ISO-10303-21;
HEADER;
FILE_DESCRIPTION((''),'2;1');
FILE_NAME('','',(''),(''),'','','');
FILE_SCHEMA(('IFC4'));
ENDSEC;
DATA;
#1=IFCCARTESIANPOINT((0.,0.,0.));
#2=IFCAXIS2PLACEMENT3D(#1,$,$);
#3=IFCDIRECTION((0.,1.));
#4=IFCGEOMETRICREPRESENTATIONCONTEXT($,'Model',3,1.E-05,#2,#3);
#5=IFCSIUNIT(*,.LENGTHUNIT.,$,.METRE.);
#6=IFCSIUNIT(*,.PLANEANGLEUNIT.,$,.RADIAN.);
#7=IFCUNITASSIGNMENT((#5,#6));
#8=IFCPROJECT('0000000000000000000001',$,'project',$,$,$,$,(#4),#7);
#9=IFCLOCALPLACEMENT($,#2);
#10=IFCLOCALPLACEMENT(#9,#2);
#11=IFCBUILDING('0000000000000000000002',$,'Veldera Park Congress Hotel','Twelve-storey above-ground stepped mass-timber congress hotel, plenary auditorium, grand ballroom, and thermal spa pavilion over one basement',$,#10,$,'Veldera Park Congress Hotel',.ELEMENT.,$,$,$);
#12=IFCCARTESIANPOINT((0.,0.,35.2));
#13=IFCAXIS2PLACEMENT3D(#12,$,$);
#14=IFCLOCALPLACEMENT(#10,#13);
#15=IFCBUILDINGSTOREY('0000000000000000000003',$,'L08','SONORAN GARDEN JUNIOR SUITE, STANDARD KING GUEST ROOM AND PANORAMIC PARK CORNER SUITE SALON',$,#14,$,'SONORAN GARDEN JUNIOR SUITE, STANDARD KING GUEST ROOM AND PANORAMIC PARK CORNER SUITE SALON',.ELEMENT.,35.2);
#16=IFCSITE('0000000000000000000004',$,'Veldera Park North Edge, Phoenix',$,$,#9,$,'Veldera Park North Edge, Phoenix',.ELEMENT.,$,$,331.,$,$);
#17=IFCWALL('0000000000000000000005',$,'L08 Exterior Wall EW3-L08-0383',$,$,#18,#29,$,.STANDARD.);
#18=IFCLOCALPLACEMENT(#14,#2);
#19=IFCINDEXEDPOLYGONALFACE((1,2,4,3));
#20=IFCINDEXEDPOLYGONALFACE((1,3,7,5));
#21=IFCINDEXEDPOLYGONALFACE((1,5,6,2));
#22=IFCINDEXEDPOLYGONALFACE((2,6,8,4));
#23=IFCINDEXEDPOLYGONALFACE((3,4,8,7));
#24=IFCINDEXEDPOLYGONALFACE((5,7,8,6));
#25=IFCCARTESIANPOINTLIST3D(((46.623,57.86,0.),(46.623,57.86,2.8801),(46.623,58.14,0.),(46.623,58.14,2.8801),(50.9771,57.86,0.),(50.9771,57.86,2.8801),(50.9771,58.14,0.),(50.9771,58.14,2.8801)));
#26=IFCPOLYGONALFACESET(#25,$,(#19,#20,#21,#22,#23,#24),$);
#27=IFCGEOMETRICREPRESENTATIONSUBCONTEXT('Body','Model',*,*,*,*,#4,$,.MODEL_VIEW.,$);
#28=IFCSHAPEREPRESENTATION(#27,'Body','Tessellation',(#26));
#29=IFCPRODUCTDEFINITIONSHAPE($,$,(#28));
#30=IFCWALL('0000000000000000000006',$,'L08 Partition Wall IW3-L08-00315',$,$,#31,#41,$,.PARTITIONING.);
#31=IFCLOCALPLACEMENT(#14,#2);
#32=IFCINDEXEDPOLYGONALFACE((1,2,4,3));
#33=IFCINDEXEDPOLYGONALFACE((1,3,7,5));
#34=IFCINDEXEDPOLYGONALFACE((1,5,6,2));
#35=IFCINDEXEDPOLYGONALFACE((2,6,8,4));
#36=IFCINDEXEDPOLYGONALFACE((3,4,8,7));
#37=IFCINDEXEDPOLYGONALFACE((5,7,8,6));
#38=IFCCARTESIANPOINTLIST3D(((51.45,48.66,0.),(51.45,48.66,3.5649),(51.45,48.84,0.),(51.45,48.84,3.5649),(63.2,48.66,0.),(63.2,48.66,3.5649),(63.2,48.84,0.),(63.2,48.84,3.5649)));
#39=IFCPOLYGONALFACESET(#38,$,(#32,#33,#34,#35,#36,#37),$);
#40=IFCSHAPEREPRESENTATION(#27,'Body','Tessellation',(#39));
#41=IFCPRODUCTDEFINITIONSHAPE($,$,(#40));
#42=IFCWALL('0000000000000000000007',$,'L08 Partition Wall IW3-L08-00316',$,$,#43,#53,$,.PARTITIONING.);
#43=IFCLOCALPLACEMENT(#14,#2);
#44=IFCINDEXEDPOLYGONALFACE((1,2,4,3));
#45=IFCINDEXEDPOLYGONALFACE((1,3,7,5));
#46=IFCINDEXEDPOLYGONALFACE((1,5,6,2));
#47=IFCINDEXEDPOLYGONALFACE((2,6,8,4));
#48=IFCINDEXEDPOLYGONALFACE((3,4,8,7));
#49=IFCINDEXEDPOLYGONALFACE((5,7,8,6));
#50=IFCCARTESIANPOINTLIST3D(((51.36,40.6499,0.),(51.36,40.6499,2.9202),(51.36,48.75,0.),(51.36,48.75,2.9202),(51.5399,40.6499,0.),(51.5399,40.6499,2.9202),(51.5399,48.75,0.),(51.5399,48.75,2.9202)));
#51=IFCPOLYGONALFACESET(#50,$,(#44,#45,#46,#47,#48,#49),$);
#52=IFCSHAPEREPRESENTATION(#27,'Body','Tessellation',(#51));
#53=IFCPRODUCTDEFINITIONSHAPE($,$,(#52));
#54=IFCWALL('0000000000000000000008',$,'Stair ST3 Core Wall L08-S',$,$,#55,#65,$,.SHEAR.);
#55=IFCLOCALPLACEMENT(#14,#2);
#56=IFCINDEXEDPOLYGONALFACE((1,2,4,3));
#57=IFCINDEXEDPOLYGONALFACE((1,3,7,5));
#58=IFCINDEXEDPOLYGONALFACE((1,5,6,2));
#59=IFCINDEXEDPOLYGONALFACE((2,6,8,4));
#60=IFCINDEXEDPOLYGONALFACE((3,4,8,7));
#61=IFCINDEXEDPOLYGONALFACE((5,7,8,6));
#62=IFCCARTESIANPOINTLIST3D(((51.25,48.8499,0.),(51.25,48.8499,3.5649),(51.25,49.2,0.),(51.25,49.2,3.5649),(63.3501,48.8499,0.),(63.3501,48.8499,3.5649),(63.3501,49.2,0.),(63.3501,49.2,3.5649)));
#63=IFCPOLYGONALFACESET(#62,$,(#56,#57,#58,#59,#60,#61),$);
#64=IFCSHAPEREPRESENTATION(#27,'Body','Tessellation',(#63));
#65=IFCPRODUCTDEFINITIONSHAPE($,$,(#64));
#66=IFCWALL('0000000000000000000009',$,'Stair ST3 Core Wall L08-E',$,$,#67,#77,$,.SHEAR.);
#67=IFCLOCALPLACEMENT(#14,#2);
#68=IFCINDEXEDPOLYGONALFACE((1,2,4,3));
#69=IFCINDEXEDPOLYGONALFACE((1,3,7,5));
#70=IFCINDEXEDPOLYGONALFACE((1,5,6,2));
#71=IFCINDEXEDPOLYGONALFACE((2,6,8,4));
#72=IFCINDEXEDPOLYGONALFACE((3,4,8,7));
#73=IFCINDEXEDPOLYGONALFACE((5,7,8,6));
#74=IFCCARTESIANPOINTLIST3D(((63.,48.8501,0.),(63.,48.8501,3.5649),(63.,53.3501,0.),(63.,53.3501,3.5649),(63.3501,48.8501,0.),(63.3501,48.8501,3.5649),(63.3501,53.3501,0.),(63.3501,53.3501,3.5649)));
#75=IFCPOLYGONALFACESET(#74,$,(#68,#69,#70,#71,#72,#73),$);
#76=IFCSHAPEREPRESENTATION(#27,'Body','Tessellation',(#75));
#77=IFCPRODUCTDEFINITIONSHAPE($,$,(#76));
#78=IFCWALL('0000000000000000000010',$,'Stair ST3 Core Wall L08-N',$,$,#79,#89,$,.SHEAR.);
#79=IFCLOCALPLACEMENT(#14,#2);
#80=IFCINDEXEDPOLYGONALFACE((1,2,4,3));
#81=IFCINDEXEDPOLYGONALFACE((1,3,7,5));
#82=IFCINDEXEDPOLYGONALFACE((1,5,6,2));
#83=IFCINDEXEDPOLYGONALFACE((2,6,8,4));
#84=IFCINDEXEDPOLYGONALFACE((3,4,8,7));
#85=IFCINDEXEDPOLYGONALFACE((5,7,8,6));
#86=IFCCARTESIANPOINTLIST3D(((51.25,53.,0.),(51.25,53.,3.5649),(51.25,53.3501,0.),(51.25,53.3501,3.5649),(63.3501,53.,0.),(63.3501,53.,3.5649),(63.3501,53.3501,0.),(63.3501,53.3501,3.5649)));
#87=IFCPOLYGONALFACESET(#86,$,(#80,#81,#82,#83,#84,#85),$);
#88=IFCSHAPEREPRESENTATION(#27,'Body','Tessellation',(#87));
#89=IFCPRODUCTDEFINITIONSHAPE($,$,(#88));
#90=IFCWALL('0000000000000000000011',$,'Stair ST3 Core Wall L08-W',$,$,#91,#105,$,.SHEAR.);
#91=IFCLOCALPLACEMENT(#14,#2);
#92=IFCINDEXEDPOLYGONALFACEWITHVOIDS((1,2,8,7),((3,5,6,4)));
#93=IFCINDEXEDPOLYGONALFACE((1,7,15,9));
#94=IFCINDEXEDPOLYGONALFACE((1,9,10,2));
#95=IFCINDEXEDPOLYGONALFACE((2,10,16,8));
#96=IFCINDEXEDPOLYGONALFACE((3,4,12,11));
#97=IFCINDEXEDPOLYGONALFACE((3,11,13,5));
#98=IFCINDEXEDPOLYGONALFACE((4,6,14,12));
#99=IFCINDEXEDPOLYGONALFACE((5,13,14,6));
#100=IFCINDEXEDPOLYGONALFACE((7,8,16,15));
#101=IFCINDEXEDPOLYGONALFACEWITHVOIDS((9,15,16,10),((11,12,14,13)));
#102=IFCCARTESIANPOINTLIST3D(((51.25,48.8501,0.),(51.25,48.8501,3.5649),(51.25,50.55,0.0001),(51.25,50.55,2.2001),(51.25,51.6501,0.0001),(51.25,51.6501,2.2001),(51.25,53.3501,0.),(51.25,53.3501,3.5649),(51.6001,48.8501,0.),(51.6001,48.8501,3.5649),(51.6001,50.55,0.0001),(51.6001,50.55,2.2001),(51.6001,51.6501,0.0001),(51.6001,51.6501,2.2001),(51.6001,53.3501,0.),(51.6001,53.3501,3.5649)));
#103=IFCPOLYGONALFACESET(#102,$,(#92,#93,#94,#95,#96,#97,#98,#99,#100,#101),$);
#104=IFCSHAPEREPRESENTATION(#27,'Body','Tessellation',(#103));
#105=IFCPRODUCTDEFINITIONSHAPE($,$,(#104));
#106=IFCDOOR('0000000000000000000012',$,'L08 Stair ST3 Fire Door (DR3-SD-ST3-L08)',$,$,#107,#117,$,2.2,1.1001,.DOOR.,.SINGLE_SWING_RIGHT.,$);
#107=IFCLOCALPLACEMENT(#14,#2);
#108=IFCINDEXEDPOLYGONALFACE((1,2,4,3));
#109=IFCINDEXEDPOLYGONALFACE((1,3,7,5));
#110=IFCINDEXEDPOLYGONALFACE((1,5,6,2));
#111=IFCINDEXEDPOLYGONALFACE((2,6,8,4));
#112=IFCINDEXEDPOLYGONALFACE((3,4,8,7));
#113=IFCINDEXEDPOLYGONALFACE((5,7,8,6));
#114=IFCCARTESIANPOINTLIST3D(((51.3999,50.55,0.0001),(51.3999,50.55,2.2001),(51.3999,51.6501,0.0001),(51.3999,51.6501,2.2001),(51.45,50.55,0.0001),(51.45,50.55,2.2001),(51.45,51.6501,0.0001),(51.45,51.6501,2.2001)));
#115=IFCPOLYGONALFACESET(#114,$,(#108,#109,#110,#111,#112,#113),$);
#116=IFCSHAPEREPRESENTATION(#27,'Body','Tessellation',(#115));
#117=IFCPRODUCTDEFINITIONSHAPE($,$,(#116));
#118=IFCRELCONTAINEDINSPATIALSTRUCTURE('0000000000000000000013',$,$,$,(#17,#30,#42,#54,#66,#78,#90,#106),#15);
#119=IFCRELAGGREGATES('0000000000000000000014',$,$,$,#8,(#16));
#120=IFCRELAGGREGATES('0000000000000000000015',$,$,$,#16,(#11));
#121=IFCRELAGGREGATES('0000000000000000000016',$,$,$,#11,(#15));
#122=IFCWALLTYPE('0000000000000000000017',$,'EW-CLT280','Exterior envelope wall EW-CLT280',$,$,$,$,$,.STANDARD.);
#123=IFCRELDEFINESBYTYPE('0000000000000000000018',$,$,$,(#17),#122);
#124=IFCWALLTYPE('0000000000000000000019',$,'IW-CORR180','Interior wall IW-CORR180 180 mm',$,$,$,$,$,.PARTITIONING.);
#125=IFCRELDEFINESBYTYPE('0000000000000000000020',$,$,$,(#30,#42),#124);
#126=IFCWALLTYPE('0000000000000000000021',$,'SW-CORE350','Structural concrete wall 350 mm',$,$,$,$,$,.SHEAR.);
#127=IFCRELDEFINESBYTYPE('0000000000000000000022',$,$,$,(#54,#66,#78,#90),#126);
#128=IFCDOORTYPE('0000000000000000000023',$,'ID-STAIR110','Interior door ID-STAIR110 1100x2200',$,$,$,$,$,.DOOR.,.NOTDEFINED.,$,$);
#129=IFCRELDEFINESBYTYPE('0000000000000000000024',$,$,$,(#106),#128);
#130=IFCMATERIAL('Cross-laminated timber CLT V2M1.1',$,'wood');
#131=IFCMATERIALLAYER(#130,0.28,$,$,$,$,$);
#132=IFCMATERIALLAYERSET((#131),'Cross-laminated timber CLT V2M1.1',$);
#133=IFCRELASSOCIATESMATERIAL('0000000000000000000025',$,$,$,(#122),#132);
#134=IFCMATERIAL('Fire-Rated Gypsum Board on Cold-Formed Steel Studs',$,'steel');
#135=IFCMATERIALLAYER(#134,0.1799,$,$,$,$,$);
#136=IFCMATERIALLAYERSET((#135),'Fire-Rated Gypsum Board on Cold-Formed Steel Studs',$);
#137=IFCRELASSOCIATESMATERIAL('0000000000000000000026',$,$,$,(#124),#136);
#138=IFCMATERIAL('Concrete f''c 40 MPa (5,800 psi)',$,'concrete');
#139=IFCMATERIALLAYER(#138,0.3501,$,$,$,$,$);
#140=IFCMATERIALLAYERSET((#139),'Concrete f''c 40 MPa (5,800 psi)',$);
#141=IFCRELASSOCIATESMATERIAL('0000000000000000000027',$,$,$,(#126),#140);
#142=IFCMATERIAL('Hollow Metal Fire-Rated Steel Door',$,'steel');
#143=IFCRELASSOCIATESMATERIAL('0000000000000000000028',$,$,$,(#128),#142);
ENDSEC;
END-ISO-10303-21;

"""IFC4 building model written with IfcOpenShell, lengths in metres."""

from ifc_helpers import new_model, si_unit, direction, frame, frame_2d, origin, place, context, subcontext, project, spatial, rectangle, extrude, material, layer, layer_set, type_object, element, fill, save


model = new_model("IFC4")

# Units and contexts
model_context = context("Model", 3, precision=1e-05, world=origin(), true_north=direction((0.0, 1.0)))
body_context = subcontext(model_context, "Body", "Model", "MODEL_VIEW")
ifc_project = project(units=[si_unit("LENGTHUNIT", "METRE"), si_unit("PLANEANGLEUNIT", "RADIAN")], contexts=[model_context])

# Site, building, storey
site_placement = place(None, origin())
site = spatial("IfcSite", under=ifc_project, at=site_placement, Name="Veldera Park North Edge, Phoenix", LongName="Veldera Park North Edge, Phoenix", CompositionType="ELEMENT", RefElevation=331.0)
building_placement = place(site_placement, origin())
building = spatial("IfcBuilding", under=site, at=building_placement, Name="Veldera Park Congress Hotel", Description="Twelve-storey above-ground stepped mass-timber congress hotel, plenary auditorium, grand ballroom, and thermal spa pavilion over one basement", LongName="Veldera Park Congress Hotel", CompositionType="ELEMENT")
storey_placement = place(building_placement, frame((0.0, 0.0, 35.2)))
storey = spatial("IfcBuildingStorey", under=building, at=storey_placement, Name="L08", Description="SONORAN GARDEN JUNIOR SUITE, STANDARD KING GUEST ROOM AND PANORAMIC PARK CORNER SUITE SALON", LongName="SONORAN GARDEN JUNIOR SUITE, STANDARD KING GUEST ROOM AND PANORAMIC PARK CORNER SUITE SALON", CompositionType="ELEMENT", Elevation=35.2)

# Shared definitions
ifc_material_1 = material(Name="Cross-laminated timber CLT V2M1.1", Category="wood")
ifc_layer_1 = layer(ifc_material_1, 0.28)
ifc_layer_set_1 = layer_set([ifc_layer_1], Name="Cross-laminated timber CLT V2M1.1")
wall_type_1 = type_object("IfcWallType", Name="EW-CLT280", Description="Exterior envelope wall EW-CLT280", PredefinedType="STANDARD", material=ifc_layer_set_1)

# Walls
wall_1_placement = place(storey_placement, frame((50.9771, 58.0, 0.0), z_axis=(0.0, 0.0, 1.0), x_axis=(-1.0, 0.0, 0.0)))
element("IfcWall", 1, at=wall_1_placement, inside=storey, type_object=wall_type_1, Name="L08 Exterior Wall EW3-L08-0383", PredefinedType="STANDARD", context=body_context, shape_type="SweptSolid", body=[
    extrude(rectangle(XDim=4.354, YDim=0.28, at=frame_2d((2.177, 0.0))), origin(), (0.0, 0.0, 1.0), 2.8801),
])
ifc_material_2 = material(Name="Fire-Rated Gypsum Board on Cold-Formed Steel Studs", Category="steel")
ifc_layer_2 = layer(ifc_material_2, 0.1799)
ifc_layer_set_2 = layer_set([ifc_layer_2], Name="Fire-Rated Gypsum Board on Cold-Formed Steel Studs")
wall_type_2 = type_object("IfcWallType", Name="IW-CORR180", Description="Interior wall IW-CORR180 180 mm", PredefinedType="PARTITIONING", material=ifc_layer_set_2)
wall_2_placement = place(storey_placement, frame((63.2, 48.75, 0.0), z_axis=(0.0, 0.0, 1.0), x_axis=(-1.0, 0.0, 0.0)))
element("IfcWall", 2, at=wall_2_placement, inside=storey, type_object=wall_type_2, Name="L08 Partition Wall IW3-L08-00315", PredefinedType="PARTITIONING", context=body_context, shape_type="SweptSolid", body=[
    extrude(rectangle(XDim=11.75, YDim=0.1799, at=frame_2d((5.875, 0.0))), origin(), (0.0, 0.0, 1.0), 3.5649),
])
wall_3_placement = place(storey_placement, frame((51.45, 48.75, 0.0), z_axis=(0.0, 0.0, 1.0), x_axis=(0.0, -1.0, 0.0)))
element("IfcWall", 3, at=wall_3_placement, inside=storey, type_object=wall_type_2, Name="L08 Partition Wall IW3-L08-00316", PredefinedType="PARTITIONING", context=body_context, shape_type="SweptSolid", body=[
    extrude(rectangle(XDim=8.1001, YDim=0.1799, at=frame_2d((4.05, 0.0))), origin(), (0.0, 0.0, 1.0), 2.9202),
])
ifc_material_3 = material(Name="Concrete f'c 40 MPa (5,800 psi)", Category="concrete")
ifc_layer_3 = layer(ifc_material_3, 0.3501)
ifc_layer_set_3 = layer_set([ifc_layer_3], Name="Concrete f'c 40 MPa (5,800 psi)")
wall_type_3 = type_object("IfcWallType", Name="SW-CORE350", Description="Structural concrete wall 350 mm", PredefinedType="SHEAR", material=ifc_layer_set_3)
wall_4_placement = place(storey_placement, frame((51.25, 49.0249, 0.0), z_axis=(0.0, 0.0, 1.0), x_axis=(1.0, 0.0, 0.0)))
element("IfcWall", 4, at=wall_4_placement, inside=storey, type_object=wall_type_3, Name="Stair ST3 Core Wall L08-S", PredefinedType="SHEAR", context=body_context, shape_type="SweptSolid", body=[
    extrude(rectangle(XDim=12.1001, YDim=0.3501, at=frame_2d((6.05, 0.0))), origin(), (0.0, 0.0, 1.0), 3.5649),
])
wall_5_placement = place(storey_placement, frame((63.175, 48.8501, 0.0), z_axis=(0.0, 0.0, 1.0), x_axis=(0.0, 1.0, 0.0)))
element("IfcWall", 5, at=wall_5_placement, inside=storey, type_object=wall_type_3, Name="Stair ST3 Core Wall L08-E", PredefinedType="SHEAR", context=body_context, shape_type="SweptSolid", body=[
    extrude(rectangle(XDim=4.5, YDim=0.3501, at=frame_2d((2.25, 0.0))), origin(), (0.0, 0.0, 1.0), 3.5649),
])
wall_6_placement = place(storey_placement, frame((63.3501, 53.175, 0.0), z_axis=(0.0, 0.0, 1.0), x_axis=(-1.0, 0.0, 0.0)))
element("IfcWall", 6, at=wall_6_placement, inside=storey, type_object=wall_type_3, Name="Stair ST3 Core Wall L08-N", PredefinedType="SHEAR", context=body_context, shape_type="SweptSolid", body=[
    extrude(rectangle(XDim=12.1001, YDim=0.3501, at=frame_2d((6.05, 0.0))), origin(), (0.0, 0.0, 1.0), 3.5649),
])

# Wall, opening, door
wall_7_placement = place(storey_placement, frame((51.425, 53.3501, 0.0), z_axis=(0.0, 0.0, 1.0), x_axis=(0.0, -1.0, 0.0)))
wall_7 = element("IfcWall", 7, at=wall_7_placement, inside=storey, type_object=wall_type_3, Name="Stair ST3 Core Wall L08-W", PredefinedType="SHEAR", context=body_context, shape_type="SweptSolid", body=[
    extrude(rectangle(XDim=4.5, YDim=0.3501, at=frame_2d((2.25, 0.0))), origin(), (0.0, 0.0, 1.0), 3.5649),
])
opening_1_placement = place(wall_7_placement, frame((1.7, 0.0, 0.0)))
opening_1 = element("IfcOpeningElement", 8, at=opening_1_placement, cuts=wall_7, PredefinedType="OPENING", context=body_context, shape_type="SweptSolid", body=[
    extrude(rectangle(XDim=1.1001, YDim=2.2, at=frame_2d((0.55, 1.1001))), frame((0.0, 0.187, 0.0), z_axis=(0.0, -1.0, 0.0), x_axis=(1.0, 0.0, 0.0)), (0.0, 0.0, 1.0), 0.374),
])
ifc_material_4 = material(Name="Hollow Metal Fire-Rated Steel Door", Category="steel")
door_type = type_object("IfcDoorType", Name="ID-STAIR110", Description="Interior door ID-STAIR110 1100x2200", OperationType="NOTDEFINED", PredefinedType="DOOR", material=ifc_material_4)
door_placement = place(opening_1_placement, origin())
door = element("IfcDoor", 9, at=door_placement, inside=storey, type_object=door_type, Name="L08 Stair ST3 Fire Door (DR3-SD-ST3-L08)", OperationType="SINGLE_SWING_RIGHT", OverallHeight=2.2, OverallWidth=1.1001, PredefinedType="DOOR", context=body_context, shape_type="SweptSolid", body=[
    extrude(rectangle(XDim=1.1001, YDim=2.2, at=frame_2d((0.55, 1.1001))), frame((0.0, 0.0249, 0.0), z_axis=(0.0, -1.0, 0.0), x_axis=(1.0, 0.0, 0.0)), (0.0, 0.0, 1.0), 0.05),
])
fill(opening_1, door)

save(model, "model.ifc")
